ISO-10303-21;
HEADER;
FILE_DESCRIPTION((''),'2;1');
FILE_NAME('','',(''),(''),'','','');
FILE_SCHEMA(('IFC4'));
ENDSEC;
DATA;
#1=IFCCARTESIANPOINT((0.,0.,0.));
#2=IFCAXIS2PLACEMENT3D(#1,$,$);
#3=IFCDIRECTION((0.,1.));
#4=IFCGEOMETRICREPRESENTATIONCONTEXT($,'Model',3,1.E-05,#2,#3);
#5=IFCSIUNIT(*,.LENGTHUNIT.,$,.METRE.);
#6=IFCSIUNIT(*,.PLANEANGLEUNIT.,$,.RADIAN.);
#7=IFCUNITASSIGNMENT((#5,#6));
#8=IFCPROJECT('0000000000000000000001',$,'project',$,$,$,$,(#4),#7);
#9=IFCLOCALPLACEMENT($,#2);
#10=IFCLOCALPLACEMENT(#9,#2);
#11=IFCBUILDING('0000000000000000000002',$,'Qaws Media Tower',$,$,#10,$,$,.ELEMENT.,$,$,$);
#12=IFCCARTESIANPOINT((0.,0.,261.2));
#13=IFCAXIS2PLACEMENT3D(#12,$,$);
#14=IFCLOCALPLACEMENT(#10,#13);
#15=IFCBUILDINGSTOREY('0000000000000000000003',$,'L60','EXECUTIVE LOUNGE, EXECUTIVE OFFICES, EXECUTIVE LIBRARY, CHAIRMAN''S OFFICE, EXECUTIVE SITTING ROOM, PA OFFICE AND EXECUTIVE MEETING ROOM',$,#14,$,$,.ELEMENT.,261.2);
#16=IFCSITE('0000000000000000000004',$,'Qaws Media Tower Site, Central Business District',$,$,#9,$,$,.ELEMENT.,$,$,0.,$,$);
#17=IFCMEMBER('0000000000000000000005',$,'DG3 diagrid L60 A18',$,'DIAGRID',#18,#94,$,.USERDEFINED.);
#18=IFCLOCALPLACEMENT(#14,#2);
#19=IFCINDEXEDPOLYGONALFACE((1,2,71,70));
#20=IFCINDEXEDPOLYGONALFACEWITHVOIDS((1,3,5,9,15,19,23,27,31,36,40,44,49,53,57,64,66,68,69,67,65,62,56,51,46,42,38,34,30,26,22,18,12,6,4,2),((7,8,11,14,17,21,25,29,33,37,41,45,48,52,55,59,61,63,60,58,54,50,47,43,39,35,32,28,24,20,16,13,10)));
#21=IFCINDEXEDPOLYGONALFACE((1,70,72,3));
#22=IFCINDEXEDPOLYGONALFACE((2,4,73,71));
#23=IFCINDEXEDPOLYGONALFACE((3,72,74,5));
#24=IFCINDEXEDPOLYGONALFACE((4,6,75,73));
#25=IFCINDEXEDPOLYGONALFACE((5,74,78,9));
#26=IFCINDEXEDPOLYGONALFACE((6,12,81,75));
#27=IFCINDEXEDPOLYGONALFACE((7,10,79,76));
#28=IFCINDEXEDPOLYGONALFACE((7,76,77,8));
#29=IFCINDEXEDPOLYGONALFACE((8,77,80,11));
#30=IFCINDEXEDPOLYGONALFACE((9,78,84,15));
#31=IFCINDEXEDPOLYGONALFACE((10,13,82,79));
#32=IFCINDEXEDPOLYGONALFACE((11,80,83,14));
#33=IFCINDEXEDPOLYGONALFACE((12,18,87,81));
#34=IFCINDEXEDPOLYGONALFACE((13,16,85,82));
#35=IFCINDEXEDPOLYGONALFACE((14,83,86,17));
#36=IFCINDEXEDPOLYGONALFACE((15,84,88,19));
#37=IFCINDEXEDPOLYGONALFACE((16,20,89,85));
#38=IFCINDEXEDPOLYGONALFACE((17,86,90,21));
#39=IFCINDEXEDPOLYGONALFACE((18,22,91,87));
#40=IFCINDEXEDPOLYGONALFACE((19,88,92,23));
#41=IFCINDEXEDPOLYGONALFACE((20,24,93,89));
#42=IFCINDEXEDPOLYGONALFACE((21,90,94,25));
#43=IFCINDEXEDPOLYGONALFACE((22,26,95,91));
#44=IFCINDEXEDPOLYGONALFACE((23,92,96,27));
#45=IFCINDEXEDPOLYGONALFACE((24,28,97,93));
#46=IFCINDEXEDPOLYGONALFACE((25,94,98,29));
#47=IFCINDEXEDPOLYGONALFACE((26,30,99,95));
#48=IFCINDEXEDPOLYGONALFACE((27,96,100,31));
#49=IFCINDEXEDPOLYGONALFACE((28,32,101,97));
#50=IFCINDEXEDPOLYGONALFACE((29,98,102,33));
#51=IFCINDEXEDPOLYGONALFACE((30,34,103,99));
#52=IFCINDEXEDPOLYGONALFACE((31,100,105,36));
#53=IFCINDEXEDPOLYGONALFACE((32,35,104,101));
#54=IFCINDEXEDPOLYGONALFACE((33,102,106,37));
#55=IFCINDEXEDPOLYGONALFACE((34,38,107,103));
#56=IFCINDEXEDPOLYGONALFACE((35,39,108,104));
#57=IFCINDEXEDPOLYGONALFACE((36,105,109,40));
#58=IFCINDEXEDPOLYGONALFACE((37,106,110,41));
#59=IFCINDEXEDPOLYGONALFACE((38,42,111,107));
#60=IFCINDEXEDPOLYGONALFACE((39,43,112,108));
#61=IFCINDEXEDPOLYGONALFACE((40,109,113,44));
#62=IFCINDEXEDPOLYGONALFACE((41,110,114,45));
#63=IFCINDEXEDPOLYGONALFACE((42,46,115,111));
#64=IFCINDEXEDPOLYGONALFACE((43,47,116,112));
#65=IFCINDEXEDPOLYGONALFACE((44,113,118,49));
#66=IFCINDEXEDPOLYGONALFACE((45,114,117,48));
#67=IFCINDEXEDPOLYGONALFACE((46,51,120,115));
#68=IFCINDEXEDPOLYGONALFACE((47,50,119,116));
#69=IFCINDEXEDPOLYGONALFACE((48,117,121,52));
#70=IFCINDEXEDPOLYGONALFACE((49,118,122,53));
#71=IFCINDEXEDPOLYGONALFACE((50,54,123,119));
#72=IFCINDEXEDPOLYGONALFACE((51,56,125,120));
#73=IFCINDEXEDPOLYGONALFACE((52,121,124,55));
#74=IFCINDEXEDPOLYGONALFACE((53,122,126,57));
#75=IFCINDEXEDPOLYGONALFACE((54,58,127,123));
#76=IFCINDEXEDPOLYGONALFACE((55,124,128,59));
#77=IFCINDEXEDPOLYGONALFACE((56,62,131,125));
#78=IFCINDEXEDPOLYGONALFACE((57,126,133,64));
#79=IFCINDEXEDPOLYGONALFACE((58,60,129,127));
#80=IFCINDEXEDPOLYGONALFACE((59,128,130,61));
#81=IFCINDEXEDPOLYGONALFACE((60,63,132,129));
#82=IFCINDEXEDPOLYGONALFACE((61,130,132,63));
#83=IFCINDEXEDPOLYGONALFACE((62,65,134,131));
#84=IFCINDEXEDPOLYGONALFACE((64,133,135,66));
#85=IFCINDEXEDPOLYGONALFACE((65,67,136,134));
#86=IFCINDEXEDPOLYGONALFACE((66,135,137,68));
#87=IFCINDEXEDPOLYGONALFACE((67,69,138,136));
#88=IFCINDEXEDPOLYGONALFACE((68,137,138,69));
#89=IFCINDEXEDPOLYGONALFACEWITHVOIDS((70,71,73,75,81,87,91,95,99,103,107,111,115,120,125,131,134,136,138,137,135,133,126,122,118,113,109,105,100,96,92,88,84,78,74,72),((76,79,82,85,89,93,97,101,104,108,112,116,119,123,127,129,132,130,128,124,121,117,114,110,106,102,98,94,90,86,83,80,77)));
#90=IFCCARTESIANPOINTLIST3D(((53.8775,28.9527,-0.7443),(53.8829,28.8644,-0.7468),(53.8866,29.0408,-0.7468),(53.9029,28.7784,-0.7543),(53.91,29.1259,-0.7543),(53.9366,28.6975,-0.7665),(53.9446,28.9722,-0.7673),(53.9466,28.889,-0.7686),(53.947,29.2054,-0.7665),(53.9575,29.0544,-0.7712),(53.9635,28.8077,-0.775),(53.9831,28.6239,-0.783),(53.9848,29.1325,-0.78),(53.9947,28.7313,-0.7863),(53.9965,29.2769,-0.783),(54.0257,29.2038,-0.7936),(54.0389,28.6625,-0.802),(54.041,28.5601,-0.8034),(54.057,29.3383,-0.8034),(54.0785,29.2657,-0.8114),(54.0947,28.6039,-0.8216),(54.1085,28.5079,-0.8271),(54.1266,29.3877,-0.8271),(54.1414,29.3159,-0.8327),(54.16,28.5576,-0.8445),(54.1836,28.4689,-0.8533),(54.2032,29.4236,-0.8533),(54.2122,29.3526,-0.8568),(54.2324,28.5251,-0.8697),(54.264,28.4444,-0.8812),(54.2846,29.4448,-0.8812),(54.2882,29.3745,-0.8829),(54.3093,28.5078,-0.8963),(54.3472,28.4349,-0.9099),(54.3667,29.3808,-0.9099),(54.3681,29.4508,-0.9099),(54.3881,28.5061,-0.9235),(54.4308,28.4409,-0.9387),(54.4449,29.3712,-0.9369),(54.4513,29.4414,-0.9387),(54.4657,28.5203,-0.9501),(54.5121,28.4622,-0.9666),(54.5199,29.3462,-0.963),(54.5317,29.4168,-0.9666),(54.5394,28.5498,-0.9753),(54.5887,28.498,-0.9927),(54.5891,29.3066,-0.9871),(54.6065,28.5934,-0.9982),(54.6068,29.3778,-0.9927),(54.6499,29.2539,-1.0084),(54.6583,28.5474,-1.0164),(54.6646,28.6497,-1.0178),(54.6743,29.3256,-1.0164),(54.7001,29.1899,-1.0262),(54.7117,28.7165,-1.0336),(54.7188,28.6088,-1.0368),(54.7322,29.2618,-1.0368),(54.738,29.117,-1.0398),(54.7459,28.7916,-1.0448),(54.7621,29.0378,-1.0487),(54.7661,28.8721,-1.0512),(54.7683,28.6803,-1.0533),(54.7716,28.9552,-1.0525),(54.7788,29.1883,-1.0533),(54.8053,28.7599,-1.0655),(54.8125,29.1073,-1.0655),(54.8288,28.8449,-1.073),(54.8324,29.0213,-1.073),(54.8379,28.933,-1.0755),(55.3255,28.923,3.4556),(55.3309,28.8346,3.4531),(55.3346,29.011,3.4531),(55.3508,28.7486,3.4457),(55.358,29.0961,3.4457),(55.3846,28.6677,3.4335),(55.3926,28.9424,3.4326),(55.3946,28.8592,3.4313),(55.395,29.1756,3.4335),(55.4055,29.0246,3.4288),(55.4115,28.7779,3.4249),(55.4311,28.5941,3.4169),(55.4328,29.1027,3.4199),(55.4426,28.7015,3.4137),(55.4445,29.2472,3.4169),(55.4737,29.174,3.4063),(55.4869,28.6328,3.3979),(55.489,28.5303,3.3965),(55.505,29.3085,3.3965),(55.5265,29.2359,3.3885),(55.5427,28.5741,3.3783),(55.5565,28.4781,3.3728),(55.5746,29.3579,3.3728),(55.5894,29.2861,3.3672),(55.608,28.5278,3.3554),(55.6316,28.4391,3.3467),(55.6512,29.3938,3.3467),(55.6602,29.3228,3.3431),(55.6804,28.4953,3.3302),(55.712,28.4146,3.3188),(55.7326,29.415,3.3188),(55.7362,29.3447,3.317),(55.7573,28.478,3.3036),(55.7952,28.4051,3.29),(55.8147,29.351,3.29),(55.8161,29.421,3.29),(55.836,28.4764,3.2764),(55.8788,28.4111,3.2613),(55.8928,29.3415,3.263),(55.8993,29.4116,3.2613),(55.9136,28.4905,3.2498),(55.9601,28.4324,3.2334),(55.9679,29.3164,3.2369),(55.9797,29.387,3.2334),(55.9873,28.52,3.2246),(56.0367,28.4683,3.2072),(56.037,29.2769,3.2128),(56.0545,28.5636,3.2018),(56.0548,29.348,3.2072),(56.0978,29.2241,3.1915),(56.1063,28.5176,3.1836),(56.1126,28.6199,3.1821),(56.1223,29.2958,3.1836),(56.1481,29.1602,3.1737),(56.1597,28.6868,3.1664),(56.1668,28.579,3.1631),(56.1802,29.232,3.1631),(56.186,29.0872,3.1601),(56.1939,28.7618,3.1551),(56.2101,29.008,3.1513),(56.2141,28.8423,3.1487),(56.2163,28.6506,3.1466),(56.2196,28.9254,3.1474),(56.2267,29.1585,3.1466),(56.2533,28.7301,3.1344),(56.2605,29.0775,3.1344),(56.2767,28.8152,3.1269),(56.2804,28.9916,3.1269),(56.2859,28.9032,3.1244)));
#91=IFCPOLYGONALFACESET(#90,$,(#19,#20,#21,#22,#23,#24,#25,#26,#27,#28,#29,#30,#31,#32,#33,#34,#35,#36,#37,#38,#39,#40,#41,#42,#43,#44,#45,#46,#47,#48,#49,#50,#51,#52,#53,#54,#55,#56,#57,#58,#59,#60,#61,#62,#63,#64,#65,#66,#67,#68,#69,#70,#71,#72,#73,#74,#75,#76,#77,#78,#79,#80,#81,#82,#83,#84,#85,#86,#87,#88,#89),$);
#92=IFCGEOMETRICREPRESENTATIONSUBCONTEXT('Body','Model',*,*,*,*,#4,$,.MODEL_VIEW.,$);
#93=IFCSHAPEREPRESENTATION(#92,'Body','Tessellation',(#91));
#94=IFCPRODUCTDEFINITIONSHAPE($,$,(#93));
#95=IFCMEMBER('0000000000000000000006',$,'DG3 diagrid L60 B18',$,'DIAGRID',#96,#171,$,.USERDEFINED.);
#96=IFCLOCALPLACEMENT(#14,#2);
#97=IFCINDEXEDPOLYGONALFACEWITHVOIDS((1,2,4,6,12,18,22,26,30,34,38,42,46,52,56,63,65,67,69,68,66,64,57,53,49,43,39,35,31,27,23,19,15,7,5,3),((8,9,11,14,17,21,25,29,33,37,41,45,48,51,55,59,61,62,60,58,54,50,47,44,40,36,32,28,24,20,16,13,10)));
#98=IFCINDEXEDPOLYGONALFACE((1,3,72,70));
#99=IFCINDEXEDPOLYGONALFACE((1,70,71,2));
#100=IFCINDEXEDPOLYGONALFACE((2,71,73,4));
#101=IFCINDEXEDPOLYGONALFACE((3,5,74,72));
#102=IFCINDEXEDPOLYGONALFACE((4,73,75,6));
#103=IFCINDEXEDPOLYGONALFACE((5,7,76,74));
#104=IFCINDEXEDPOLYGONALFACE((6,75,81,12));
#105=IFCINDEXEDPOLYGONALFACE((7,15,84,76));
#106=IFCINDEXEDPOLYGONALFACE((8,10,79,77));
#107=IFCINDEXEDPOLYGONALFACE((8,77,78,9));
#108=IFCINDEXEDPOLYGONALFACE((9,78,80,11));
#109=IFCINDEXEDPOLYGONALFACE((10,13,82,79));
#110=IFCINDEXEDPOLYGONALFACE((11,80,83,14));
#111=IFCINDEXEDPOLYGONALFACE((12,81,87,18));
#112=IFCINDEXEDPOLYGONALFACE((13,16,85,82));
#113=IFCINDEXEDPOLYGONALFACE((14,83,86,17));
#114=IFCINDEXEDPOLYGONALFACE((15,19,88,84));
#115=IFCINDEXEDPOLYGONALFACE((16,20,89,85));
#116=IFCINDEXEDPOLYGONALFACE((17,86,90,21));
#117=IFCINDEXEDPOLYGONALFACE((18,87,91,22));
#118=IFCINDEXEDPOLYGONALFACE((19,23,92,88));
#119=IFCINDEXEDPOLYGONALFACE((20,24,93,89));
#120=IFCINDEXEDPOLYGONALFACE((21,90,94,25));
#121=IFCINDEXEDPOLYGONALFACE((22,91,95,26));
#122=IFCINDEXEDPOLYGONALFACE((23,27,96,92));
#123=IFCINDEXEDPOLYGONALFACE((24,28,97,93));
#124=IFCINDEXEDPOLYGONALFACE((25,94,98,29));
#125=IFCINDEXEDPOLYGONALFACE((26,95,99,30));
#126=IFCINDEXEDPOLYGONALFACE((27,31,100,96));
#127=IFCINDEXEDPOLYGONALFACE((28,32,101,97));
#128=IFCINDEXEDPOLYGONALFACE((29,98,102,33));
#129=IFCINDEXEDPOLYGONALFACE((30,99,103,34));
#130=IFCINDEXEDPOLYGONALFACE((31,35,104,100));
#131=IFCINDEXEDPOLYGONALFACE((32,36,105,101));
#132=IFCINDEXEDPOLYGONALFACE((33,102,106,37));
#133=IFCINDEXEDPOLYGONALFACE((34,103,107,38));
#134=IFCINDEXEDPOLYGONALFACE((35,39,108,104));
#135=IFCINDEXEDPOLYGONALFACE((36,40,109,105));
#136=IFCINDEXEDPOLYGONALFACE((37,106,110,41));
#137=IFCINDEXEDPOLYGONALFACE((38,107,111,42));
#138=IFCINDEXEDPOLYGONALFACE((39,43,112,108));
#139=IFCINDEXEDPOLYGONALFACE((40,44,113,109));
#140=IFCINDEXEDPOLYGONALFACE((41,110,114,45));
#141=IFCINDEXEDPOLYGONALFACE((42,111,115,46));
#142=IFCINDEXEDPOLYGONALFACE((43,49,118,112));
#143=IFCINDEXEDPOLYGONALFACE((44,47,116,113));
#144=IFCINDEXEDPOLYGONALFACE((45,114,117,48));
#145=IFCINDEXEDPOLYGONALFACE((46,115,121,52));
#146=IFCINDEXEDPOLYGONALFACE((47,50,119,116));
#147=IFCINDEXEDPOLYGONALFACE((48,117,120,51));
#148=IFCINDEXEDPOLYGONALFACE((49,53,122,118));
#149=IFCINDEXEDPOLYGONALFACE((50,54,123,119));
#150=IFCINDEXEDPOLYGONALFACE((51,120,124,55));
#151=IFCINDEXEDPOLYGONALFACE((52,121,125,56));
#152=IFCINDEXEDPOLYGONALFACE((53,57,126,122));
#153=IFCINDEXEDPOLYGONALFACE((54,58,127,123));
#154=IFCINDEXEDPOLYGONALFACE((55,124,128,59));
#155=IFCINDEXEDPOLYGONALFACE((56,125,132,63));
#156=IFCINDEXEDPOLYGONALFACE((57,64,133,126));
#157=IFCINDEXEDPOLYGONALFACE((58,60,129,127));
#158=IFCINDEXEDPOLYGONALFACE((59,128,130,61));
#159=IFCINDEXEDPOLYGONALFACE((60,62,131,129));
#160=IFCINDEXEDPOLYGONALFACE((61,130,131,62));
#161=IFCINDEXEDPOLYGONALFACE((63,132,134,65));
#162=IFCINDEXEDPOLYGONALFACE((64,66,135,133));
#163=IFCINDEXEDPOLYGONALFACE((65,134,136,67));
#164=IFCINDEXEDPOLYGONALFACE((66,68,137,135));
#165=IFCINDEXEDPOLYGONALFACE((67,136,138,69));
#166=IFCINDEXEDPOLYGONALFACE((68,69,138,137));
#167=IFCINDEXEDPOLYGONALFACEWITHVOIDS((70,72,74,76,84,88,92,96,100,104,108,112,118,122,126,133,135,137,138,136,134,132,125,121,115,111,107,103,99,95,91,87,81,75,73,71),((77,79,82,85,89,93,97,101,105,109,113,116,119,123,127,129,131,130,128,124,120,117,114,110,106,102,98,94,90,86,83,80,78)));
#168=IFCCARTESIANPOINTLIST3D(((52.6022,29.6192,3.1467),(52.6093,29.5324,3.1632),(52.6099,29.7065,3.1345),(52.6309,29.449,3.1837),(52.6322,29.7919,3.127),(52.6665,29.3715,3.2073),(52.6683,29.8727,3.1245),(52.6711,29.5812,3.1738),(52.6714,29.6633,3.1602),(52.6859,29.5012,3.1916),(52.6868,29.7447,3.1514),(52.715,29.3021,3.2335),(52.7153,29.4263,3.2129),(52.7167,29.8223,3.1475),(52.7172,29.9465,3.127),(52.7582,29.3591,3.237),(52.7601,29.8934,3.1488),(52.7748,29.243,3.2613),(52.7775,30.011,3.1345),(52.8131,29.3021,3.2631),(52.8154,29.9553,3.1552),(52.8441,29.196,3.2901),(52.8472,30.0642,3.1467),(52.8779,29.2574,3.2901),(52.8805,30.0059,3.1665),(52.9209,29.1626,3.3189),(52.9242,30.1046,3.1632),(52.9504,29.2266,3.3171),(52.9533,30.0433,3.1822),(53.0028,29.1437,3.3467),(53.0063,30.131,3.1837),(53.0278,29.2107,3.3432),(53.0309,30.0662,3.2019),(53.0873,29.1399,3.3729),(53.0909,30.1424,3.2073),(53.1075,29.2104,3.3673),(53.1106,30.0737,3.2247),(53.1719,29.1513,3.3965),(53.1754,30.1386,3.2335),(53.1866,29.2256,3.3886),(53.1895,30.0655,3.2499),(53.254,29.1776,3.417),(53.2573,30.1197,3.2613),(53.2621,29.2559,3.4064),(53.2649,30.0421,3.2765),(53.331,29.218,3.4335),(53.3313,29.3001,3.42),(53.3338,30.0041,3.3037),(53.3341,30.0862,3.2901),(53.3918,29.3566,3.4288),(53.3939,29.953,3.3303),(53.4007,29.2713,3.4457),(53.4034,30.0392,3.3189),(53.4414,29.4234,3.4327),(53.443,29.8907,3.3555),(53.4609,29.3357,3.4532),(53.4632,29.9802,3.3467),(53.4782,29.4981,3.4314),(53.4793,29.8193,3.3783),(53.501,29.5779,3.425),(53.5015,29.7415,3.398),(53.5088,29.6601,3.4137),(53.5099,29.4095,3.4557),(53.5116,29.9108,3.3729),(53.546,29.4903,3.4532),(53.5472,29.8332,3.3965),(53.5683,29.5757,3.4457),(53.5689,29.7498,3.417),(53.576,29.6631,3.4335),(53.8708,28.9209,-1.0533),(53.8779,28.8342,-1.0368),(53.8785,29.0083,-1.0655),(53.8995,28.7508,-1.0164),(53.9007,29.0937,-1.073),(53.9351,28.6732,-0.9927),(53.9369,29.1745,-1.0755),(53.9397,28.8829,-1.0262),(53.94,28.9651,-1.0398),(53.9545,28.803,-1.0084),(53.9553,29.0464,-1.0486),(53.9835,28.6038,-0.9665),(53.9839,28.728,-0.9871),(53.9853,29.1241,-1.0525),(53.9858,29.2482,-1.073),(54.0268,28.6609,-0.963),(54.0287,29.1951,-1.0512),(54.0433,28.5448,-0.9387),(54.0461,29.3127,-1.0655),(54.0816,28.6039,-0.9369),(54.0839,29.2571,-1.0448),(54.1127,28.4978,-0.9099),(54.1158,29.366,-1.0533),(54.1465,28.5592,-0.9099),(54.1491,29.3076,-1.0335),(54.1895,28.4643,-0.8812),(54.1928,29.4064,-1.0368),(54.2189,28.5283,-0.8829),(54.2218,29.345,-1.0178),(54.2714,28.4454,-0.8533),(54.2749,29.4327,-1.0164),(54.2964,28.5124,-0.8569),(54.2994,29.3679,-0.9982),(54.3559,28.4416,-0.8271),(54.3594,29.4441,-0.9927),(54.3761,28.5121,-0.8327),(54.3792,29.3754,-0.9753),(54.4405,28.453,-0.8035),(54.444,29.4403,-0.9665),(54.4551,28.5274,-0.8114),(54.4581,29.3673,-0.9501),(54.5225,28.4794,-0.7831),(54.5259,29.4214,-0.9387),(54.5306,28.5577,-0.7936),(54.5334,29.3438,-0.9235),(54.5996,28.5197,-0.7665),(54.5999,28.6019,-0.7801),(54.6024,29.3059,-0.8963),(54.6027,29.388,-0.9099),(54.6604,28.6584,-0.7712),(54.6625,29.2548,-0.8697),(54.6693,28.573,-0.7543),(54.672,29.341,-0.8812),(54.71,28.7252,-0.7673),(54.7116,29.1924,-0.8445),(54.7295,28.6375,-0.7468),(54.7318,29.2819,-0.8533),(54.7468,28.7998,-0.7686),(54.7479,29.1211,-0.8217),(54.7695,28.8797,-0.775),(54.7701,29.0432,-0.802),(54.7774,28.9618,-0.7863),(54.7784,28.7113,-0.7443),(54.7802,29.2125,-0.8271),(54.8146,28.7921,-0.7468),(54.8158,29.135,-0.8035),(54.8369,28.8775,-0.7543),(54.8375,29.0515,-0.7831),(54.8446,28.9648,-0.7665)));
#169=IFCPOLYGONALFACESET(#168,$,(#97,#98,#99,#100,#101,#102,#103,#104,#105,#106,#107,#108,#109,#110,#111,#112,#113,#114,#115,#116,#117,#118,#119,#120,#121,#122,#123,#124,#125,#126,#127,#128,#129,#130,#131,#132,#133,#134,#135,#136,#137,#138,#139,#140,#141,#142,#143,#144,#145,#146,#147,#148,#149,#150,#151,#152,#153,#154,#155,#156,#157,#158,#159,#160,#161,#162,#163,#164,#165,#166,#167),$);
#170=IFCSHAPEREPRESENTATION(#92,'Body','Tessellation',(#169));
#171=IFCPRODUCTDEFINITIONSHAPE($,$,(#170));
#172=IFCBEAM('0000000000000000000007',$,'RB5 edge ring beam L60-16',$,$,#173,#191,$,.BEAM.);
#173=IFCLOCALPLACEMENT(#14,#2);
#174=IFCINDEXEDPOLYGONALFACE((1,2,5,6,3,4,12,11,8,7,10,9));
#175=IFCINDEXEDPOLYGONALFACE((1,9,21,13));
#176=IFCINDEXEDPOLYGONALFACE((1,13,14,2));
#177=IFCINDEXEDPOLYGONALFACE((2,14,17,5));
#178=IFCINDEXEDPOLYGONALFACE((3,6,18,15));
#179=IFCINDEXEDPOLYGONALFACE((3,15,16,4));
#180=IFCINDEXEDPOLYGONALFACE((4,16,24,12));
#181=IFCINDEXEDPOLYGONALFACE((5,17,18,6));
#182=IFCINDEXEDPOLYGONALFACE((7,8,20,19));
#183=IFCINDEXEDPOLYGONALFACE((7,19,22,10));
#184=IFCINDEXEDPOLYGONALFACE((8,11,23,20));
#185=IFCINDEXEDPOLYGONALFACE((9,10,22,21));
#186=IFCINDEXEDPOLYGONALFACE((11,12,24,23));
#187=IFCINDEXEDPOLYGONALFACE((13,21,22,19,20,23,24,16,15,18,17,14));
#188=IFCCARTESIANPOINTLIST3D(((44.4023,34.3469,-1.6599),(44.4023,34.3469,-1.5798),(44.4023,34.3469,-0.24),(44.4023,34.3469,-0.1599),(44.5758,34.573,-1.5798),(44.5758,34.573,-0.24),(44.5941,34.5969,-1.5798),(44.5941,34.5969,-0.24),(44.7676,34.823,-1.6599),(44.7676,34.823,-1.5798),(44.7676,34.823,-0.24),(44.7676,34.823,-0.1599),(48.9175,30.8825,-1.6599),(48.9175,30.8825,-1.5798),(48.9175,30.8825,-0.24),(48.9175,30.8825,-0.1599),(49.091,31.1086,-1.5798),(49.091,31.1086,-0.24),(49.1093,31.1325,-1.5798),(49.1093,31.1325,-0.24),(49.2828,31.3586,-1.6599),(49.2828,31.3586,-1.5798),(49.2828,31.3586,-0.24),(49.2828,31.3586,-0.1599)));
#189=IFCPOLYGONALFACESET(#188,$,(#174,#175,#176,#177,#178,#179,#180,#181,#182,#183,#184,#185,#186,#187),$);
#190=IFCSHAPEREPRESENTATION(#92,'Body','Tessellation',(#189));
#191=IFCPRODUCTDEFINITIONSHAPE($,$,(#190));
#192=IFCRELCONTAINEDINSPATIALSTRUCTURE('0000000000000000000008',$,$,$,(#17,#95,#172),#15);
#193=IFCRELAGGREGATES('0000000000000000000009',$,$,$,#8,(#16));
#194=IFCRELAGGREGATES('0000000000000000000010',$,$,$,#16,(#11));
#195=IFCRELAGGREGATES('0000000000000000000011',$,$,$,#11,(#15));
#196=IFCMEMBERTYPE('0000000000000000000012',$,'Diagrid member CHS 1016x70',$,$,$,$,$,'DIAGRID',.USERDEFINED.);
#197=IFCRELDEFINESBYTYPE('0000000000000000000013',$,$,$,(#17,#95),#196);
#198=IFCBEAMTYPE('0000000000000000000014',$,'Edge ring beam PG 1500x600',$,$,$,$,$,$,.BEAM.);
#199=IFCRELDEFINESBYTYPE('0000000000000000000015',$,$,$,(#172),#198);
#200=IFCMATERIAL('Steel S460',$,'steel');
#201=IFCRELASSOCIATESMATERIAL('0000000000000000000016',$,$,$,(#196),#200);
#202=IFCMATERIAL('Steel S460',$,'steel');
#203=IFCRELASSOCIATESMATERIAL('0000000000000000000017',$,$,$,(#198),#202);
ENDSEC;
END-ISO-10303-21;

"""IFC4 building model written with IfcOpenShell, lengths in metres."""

from ifc_helpers import new_model, si_unit, direction, frame, origin, origin_2d, place, context, subcontext, project, spatial, hollow_circle, i_section, extrude, material, material_profile, profile_set, type_object, element, save


model = new_model("IFC4")

# Units and contexts
model_context = context("Model", 3, precision=1e-05, world=origin(), true_north=direction((0.0, 1.0)))
body_context = subcontext(model_context, "Body", "Model", "MODEL_VIEW")
ifc_project = project(units=[si_unit("LENGTHUNIT", "METRE"), si_unit("PLANEANGLEUNIT", "RADIAN")], contexts=[model_context])

# Site, building, storey
site_placement = place(None, origin())
site = spatial("IfcSite", under=ifc_project, at=site_placement, Name="Qaws Media Tower Site, Central Business District", CompositionType="ELEMENT", RefElevation=0.0)
building_placement = place(site_placement, origin())
building = spatial("IfcBuilding", under=site, at=building_placement, Name="Qaws Media Tower", CompositionType="ELEMENT")
storey_placement = place(building_placement, frame((0.0, 0.0, 261.2)))
storey = spatial("IfcBuildingStorey", under=building, at=storey_placement, Name="L60", Description="EXECUTIVE LOUNGE, EXECUTIVE OFFICES, EXECUTIVE LIBRARY, CHAIRMAN'S OFFICE, EXECUTIVE SITTING ROOM, PA OFFICE AND EXECUTIVE MEETING ROOM", CompositionType="ELEMENT", Elevation=261.2)

# Members
ifc_material_1 = material(Name="Steel S460", Category="steel")
ifc_material_profile_1 = material_profile(ifc_material_1, hollow_circle(Radius=0.5081, WallThickness=0.0701, at=origin_2d()), Name="CHS 1016x70")
ifc_profile_set_1 = profile_set([ifc_material_profile_1], Name="Steel S460")
member_type_1 = type_object("IfcMemberType", Name="Diagrid member CHS 1016x70", ElementType="DIAGRID", PredefinedType="USERDEFINED", material=ifc_profile_set_1)
for number, where, z_axis, x_axis, name in (
    (1, (54.3577, 28.9429, -0.9099), (0.325931, -0.006704, 0.94537), (0.020566, 0.999789, 0.0), "DG3 diagrid L60 A18"),
    (2, (54.3577, 28.9429, -0.9099), (-0.285546, 0.157171, 0.945389), (-0.482204, -0.876059, 0.0), "DG3 diagrid L60 B18"),
):
    element("IfcMember", number, at=place(storey_placement, frame(where, z_axis=z_axis, x_axis=x_axis)), inside=storey, type_object=member_type_1, Name=name, ObjectType="DIAGRID", PredefinedType="USERDEFINED", context=body_context, shape_type="SweptSolid", body=[
        extrude(hollow_circle(Radius=0.5081, WallThickness=0.0701, at=origin_2d()), origin(), (0.0, 0.0, 1.0), 4.4426),
    ])

# Beam
ifc_material_2 = material(Name="Steel S460", Category="steel")
ifc_material_profile_2 = material_profile(ifc_material_2, i_section(OverallWidth=0.6001, OverallDepth=1.5, WebThickness=0.03, FlangeThickness=0.0801, at=origin_2d()), Name="PG 1500x600")
ifc_profile_set_2 = profile_set([ifc_material_profile_2], Name="Steel S460")
beam_type = type_object("IfcBeamType", Name="Edge ring beam PG 1500x600", PredefinedType="BEAM", material=ifc_profile_set_2)
beam_1_placement = place(storey_placement, frame((44.585, 34.585, -0.9099), z_axis=(0.793373, -0.608736, 0.0), x_axis=(0.608736, 0.793373, 0.0)))
element("IfcBeam", 3, at=beam_1_placement, inside=storey, type_object=beam_type, Name="RB5 edge ring beam L60-16", PredefinedType="BEAM", context=body_context, shape_type="SweptSolid", body=[
    extrude(i_section(OverallWidth=0.6001, OverallDepth=1.5, WebThickness=0.03, FlangeThickness=0.0801, at=origin_2d()), origin(), (0.0, 0.0, 1.0), 5.6912),
])

save(model, "model.ifc")
